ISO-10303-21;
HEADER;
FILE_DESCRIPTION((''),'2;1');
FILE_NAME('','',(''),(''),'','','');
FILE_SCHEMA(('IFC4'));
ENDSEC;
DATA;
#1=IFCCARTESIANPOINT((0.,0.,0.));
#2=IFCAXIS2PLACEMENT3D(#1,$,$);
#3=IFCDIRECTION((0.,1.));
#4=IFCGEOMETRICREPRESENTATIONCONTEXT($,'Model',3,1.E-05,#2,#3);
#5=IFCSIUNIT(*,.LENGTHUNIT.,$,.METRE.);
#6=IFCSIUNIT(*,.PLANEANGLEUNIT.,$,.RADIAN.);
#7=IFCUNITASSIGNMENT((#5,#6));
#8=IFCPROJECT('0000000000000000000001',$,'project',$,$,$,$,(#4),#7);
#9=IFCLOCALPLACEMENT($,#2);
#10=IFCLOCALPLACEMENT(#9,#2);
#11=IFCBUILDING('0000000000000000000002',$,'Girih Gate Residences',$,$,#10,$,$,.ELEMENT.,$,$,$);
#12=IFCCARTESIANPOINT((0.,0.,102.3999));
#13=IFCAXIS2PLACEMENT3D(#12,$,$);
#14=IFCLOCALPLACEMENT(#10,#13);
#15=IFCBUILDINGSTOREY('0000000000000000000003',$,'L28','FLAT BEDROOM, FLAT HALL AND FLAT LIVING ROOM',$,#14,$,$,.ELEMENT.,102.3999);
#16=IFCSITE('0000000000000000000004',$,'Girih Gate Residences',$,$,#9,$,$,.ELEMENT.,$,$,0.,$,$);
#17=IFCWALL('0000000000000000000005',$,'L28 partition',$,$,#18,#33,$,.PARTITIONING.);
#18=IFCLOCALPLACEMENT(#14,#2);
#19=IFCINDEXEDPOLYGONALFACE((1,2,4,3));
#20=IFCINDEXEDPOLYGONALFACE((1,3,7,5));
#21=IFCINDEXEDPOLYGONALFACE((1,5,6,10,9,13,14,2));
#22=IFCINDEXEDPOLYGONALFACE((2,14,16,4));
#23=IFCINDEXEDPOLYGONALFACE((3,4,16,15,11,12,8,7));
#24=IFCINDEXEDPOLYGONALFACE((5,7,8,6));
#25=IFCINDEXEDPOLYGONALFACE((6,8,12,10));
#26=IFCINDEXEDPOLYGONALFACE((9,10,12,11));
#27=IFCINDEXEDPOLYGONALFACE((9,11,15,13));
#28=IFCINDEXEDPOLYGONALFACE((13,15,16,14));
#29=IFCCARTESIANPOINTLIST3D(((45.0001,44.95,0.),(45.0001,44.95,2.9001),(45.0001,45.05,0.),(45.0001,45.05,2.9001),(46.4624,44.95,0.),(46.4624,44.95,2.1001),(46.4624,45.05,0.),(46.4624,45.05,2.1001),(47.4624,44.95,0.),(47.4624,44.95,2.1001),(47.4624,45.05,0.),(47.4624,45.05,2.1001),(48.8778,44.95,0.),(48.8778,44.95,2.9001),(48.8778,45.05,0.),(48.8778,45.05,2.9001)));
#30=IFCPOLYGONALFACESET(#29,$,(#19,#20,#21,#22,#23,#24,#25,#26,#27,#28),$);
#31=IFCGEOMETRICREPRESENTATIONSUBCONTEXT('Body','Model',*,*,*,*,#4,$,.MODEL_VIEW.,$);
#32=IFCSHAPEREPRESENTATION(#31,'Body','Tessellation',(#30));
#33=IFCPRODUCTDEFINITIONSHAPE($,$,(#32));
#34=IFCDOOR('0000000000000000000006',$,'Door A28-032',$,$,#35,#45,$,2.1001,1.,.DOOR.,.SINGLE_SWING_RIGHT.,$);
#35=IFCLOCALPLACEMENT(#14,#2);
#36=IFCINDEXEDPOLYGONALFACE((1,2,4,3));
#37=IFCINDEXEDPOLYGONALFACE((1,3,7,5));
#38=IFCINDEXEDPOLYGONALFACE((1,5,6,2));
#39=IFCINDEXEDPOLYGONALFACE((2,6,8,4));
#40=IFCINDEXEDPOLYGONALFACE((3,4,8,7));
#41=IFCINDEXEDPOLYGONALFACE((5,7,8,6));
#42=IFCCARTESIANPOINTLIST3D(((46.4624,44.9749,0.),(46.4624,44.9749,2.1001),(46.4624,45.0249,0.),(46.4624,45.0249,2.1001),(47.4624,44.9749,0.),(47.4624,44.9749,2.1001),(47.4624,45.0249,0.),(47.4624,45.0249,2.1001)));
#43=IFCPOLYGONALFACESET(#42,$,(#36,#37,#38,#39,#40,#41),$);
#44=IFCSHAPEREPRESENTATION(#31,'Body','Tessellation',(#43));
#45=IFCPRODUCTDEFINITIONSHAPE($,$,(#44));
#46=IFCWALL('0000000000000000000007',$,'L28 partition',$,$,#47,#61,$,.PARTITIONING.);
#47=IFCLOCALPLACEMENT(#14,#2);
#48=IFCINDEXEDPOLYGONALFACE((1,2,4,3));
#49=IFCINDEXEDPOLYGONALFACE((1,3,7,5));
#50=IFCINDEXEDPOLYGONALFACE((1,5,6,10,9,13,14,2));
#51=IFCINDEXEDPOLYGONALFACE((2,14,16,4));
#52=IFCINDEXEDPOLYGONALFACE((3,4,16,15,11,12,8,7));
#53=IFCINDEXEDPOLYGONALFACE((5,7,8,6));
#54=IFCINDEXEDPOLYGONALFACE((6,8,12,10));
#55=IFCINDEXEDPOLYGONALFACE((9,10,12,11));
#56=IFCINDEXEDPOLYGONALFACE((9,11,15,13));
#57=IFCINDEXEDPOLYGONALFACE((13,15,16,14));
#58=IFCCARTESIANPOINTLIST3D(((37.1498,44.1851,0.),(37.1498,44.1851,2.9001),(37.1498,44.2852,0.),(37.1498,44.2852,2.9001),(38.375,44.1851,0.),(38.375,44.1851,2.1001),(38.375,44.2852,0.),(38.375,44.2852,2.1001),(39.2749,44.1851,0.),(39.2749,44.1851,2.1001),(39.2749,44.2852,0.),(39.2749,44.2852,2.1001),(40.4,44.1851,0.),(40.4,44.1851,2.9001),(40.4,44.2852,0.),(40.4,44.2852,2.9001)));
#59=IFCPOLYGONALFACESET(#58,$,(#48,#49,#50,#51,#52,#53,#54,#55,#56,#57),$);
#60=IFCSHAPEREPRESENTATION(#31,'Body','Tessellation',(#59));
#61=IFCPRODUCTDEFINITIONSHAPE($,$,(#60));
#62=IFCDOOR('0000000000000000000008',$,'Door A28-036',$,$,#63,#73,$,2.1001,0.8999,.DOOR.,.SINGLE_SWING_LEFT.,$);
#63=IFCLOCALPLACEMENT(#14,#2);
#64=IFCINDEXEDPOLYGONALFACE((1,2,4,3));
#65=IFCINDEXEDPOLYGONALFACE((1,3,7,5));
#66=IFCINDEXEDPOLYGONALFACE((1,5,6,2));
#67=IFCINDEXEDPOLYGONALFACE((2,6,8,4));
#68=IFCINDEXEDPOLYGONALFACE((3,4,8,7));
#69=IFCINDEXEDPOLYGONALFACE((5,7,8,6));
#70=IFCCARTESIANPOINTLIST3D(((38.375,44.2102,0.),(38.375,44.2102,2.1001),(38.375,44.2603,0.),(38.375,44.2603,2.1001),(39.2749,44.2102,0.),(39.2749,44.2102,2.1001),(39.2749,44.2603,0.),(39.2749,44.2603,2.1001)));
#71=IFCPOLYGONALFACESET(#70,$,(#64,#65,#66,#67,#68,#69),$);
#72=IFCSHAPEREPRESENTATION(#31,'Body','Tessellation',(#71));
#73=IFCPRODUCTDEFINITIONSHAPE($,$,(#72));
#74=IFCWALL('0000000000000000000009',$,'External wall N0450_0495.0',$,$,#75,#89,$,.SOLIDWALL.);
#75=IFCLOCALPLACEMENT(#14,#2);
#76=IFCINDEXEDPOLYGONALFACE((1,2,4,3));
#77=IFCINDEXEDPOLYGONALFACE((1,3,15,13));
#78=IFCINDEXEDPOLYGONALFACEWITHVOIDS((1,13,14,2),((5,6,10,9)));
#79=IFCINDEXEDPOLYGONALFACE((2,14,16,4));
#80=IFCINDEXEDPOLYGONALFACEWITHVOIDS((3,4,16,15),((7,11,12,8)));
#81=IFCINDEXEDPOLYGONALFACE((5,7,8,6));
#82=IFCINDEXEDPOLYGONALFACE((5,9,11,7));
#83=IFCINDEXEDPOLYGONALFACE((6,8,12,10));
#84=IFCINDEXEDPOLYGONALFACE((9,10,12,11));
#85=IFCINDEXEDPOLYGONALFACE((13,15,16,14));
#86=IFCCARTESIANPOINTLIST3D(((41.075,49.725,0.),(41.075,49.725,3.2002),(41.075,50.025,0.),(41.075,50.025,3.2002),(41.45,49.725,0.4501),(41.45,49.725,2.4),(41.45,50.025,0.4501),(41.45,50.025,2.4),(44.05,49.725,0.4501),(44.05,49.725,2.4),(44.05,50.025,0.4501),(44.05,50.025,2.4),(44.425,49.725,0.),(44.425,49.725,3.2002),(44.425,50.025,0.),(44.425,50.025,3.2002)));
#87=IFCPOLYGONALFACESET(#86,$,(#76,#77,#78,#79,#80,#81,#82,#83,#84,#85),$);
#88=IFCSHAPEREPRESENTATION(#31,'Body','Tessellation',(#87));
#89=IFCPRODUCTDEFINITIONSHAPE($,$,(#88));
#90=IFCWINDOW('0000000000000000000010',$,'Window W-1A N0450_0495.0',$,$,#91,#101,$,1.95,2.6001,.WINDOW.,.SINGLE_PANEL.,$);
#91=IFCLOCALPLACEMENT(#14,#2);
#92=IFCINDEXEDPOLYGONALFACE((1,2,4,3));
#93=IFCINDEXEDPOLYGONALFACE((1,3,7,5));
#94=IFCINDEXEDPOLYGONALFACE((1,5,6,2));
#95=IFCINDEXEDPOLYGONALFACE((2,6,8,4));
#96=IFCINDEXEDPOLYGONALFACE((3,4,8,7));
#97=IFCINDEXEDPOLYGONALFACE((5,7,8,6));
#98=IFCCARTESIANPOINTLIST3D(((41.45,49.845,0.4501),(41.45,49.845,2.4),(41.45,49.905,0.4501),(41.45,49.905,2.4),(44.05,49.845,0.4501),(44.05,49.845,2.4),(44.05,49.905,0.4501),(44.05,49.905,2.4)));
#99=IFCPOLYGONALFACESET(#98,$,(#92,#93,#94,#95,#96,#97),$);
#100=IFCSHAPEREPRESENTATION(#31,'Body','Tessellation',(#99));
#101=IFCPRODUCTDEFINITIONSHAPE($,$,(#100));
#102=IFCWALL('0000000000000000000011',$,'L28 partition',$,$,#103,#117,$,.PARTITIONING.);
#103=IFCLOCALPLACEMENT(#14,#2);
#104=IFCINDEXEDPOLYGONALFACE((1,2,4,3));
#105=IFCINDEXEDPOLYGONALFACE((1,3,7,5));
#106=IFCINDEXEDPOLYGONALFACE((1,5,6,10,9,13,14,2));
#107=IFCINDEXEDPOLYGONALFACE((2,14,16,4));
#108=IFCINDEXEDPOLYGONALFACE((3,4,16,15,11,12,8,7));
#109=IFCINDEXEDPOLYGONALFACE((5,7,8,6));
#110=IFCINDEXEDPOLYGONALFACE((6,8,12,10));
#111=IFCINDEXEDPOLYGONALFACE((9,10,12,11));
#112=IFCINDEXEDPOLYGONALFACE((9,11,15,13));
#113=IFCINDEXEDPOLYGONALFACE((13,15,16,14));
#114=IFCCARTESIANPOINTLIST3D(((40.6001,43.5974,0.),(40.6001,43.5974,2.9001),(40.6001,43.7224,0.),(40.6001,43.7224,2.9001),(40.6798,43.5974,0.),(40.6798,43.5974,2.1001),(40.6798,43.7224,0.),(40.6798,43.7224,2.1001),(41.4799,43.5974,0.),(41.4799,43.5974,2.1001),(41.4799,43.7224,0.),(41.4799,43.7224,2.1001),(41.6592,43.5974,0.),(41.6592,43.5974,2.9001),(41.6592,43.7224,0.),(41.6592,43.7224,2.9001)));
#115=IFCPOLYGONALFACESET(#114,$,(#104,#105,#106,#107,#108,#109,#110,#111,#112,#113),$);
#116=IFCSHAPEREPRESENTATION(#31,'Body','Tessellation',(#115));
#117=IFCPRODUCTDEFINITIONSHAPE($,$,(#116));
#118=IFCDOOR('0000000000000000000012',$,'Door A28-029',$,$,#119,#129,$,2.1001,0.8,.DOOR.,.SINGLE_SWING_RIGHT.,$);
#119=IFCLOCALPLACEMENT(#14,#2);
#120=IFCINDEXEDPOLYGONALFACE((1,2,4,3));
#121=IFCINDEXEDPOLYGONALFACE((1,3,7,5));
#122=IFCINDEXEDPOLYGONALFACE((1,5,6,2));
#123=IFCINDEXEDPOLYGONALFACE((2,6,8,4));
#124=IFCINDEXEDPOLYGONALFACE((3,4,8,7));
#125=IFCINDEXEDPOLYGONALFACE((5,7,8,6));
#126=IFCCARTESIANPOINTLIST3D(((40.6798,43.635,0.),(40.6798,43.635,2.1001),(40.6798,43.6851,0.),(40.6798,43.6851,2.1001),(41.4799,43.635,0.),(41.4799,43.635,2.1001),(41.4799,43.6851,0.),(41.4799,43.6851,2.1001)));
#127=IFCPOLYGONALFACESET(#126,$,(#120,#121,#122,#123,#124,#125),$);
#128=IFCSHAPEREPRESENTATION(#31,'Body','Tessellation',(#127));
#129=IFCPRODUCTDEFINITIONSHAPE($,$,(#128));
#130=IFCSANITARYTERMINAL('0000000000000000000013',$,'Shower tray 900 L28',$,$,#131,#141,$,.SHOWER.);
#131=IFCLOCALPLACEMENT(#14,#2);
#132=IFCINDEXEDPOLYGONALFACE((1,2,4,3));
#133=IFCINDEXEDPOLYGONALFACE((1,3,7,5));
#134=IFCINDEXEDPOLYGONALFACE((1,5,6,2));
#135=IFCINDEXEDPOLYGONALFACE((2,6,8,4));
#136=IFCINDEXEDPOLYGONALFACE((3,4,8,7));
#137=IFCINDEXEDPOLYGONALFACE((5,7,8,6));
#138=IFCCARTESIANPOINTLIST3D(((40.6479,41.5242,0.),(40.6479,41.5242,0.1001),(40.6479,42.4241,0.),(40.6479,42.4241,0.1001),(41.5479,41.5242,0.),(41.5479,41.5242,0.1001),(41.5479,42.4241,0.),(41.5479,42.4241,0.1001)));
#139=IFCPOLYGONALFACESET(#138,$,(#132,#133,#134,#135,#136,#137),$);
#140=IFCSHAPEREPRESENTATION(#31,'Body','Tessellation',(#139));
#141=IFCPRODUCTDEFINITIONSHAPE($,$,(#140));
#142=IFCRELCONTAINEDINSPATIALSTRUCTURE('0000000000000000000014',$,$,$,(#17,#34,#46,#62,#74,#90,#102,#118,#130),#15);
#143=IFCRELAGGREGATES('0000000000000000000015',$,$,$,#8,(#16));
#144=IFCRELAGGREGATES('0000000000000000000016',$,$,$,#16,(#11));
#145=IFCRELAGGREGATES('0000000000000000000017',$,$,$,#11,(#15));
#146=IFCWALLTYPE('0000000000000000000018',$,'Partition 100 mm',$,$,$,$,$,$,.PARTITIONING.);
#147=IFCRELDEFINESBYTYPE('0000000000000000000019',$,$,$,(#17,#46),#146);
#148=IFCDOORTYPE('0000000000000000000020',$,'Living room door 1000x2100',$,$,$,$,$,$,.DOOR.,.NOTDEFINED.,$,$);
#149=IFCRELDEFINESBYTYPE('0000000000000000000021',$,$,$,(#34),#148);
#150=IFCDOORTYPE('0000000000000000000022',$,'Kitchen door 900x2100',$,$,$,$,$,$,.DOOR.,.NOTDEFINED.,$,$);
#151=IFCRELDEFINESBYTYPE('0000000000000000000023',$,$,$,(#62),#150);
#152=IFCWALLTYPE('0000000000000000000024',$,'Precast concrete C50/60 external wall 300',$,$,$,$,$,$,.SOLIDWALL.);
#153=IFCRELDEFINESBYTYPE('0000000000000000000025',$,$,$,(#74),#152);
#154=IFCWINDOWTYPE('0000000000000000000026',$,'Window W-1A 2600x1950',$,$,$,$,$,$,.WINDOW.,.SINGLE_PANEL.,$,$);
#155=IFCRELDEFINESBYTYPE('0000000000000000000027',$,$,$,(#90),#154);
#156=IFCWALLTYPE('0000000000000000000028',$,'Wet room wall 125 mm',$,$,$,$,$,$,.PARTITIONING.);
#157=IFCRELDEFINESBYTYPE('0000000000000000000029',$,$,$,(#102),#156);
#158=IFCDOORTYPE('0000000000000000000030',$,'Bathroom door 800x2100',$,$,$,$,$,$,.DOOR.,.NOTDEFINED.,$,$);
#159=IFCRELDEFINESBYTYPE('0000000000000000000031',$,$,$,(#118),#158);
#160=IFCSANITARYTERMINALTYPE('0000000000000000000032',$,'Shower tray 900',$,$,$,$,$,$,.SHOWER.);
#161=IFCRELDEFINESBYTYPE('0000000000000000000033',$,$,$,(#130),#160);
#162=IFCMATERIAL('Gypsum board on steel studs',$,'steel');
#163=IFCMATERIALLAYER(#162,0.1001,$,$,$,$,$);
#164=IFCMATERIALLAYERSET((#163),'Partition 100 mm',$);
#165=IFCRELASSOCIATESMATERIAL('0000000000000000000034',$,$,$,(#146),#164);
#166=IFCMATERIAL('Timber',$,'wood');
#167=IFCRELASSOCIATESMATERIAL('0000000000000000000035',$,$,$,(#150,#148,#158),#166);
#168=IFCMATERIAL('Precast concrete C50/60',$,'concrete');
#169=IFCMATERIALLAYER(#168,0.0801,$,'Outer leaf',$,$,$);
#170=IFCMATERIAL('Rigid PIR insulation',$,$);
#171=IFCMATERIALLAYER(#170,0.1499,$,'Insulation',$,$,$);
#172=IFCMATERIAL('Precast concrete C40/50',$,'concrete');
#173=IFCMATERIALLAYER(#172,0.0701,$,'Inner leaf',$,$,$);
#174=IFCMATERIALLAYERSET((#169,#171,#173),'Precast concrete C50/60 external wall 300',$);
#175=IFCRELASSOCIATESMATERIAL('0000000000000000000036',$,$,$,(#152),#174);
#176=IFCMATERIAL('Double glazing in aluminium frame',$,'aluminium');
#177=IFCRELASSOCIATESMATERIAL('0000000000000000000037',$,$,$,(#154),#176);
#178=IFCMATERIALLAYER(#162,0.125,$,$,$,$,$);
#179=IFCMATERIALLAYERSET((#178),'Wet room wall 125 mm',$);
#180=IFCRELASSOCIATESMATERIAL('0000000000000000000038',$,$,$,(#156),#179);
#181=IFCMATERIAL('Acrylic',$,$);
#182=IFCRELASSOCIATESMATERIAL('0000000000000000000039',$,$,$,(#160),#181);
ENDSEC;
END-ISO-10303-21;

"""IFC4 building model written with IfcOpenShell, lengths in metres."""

from ifc_helpers import new_model, si_unit, direction, frame, frame_2d, origin, origin_2d, place, context, subcontext, project, spatial, rectangle, extrude, material, layer, layer_set, type_object, element, fill, save


model = new_model("IFC4")

# Units and contexts
model_context = context("Model", 3, precision=1e-05, world=origin(), true_north=direction((0.0, 1.0)))
body_context = subcontext(model_context, "Body", "Model", "MODEL_VIEW")
ifc_project = project(units=[si_unit("LENGTHUNIT", "METRE"), si_unit("PLANEANGLEUNIT", "RADIAN")], contexts=[model_context])

# Site, building, storey
site_placement = place(None, origin())
site = spatial("IfcSite", under=ifc_project, at=site_placement, Name="Girih Gate Residences", CompositionType="ELEMENT", RefElevation=0.0)
building_placement = place(site_placement, origin())
building = spatial("IfcBuilding", under=site, at=building_placement, Name="Girih Gate Residences", CompositionType="ELEMENT")
storey_placement = place(building_placement, frame((0.0, 0.0, 102.3999)))
storey = spatial("IfcBuildingStorey", under=building, at=storey_placement, Name="L28", Description="FLAT BEDROOM, FLAT HALL AND FLAT LIVING ROOM", CompositionType="ELEMENT", Elevation=102.3999)

# Shared definitions
ifc_material_1 = material(Name="Gypsum board on steel studs", Category="steel")
ifc_layer_1 = layer(ifc_material_1, 0.1001)
ifc_layer_set_1 = layer_set([ifc_layer_1], Name="Partition 100 mm")
wall_type_1 = type_object("IfcWallType", Name="Partition 100 mm", PredefinedType="PARTITIONING", material=ifc_layer_set_1)
ifc_material_2 = material(Name="Timber", Category="wood")

# Walls, openings, doors
door_type_1 = type_object("IfcDoorType", Name="Kitchen door 900x2100", OperationType="NOTDEFINED", PredefinedType="DOOR", material=ifc_material_2)
wall_1_placement = place(storey_placement, frame((45.0, 45.0, 0.0), z_axis=(0.0, 0.0, 1.0), x_axis=(1.0, 0.0, 0.0)))
wall_1 = element("IfcWall", 1, at=wall_1_placement, inside=storey, type_object=wall_type_1, Name="L28 partition", PredefinedType="PARTITIONING", context=body_context, shape_type="SweptSolid", body=[
    extrude(rectangle(XDim=3.8777, YDim=0.1001, at=frame_2d((1.939, 0.0))), origin(), (0.0, 0.0, 1.0), 2.9001),
])
opening_1_placement = place(wall_1_placement, frame((1.4624, 0.0, 0.0)))
opening_1 = element("IfcOpeningElement", 2, at=opening_1_placement, cuts=wall_1, PredefinedType="OPENING", context=body_context, shape_type="SweptSolid", body=[
    extrude(rectangle(XDim=1.0, YDim=2.1001, at=frame_2d((0.5, 1.05))), frame((0.0, 0.0601, 0.0), z_axis=(0.0, -1.0, 0.0), x_axis=(1.0, 0.0, 0.0)), (0.0, 0.0, 1.0), 0.1201),
])
door_type_2 = type_object("IfcDoorType", Name="Living room door 1000x2100", OperationType="NOTDEFINED", PredefinedType="DOOR", material=ifc_material_2)
door_1_placement = place(opening_1_placement, origin())
door_1 = element("IfcDoor", 3, at=door_1_placement, inside=storey, type_object=door_type_2, Name="Door A28-032", OperationType="SINGLE_SWING_RIGHT", OverallHeight=2.1001, OverallWidth=1.0, PredefinedType="DOOR", context=body_context, shape_type="SweptSolid", body=[
    extrude(rectangle(XDim=1.0, YDim=2.1001, at=frame_2d((0.5, 1.05))), frame((0.0, 0.0249, 0.0), z_axis=(0.0, -1.0, 0.0), x_axis=(1.0, 0.0, 0.0)), (0.0, 0.0, 1.0), 0.05),
])
fill(opening_1, door_1)
wall_2_placement = place(storey_placement, frame((40.3999, 44.2351, 0.0), z_axis=(0.0, 0.0, 1.0), x_axis=(-1.0, 0.0, 0.0)))
wall_2 = element("IfcWall", 4, at=wall_2_placement, inside=storey, type_object=wall_type_1, Name="L28 partition", PredefinedType="PARTITIONING", context=body_context, shape_type="SweptSolid", body=[
    extrude(rectangle(XDim=3.2502, YDim=0.1001, at=frame_2d((1.625, 0.0))), origin(), (0.0, 0.0, 1.0), 2.9001),
])
opening_2_placement = place(wall_2_placement, frame((1.125, 0.0, 0.0)))
opening_2 = element("IfcOpeningElement", 5, at=opening_2_placement, cuts=wall_2, PredefinedType="OPENING", context=body_context, shape_type="SweptSolid", body=[
    extrude(rectangle(XDim=0.8999, YDim=2.1001, at=frame_2d((0.45, 1.05))), frame((0.0, 0.0601, 0.0), z_axis=(0.0, -1.0, 0.0), x_axis=(1.0, 0.0, 0.0)), (0.0, 0.0, 1.0), 0.1201),
])
door_2_placement = place(opening_2_placement, origin())
door_2 = element("IfcDoor", 6, at=door_2_placement, inside=storey, type_object=door_type_1, Name="Door A28-036", OperationType="SINGLE_SWING_LEFT", OverallHeight=2.1001, OverallWidth=0.8999, PredefinedType="DOOR", context=body_context, shape_type="SweptSolid", body=[
    extrude(rectangle(XDim=0.8999, YDim=2.1001, at=frame_2d((0.45, 1.05))), frame((0.0, 0.0249, 0.0), z_axis=(0.0, -1.0, 0.0), x_axis=(1.0, 0.0, 0.0)), (0.0, 0.0, 1.0), 0.05),
])
fill(opening_2, door_2)

# Wall, opening, window
ifc_material_3 = material(Name="Precast concrete C50/60", Category="concrete")
ifc_layer_2 = layer(ifc_material_3, 0.0801, Name="Outer leaf")
ifc_material_4 = material(Name="Rigid PIR insulation")
ifc_layer_3 = layer(ifc_material_4, 0.1499, Name="Insulation")
ifc_material_5 = material(Name="Precast concrete C40/50", Category="concrete")
ifc_layer_4 = layer(ifc_material_5, 0.0701, Name="Inner leaf")
ifc_layer_set_2 = layer_set([ifc_layer_2, ifc_layer_3, ifc_layer_4], Name="Precast concrete C50/60 external wall 300")
wall_type_2 = type_object("IfcWallType", Name="Precast concrete C50/60 external wall 300", PredefinedType="SOLIDWALL", material=ifc_layer_set_2)
wall_3_placement = place(storey_placement, frame((41.075, 49.875, 0.0), z_axis=(0.0, 0.0, 1.0), x_axis=(1.0, 0.0, 0.0)))
wall_3 = element("IfcWall", 7, at=wall_3_placement, inside=storey, type_object=wall_type_2, Name="External wall N0450_0495.0", PredefinedType="SOLIDWALL", context=body_context, shape_type="SweptSolid", body=[
    extrude(rectangle(XDim=3.3501, YDim=0.3, at=frame_2d((1.675, 0.0))), origin(), (0.0, 0.0, 1.0), 3.2002),
])
opening_3_placement = place(wall_3_placement, frame((0.375, 0.0, 0.45)))
opening_3 = element("IfcOpeningElement", 8, at=opening_3_placement, cuts=wall_3, PredefinedType="OPENING", context=body_context, shape_type="SweptSolid", body=[
    extrude(rectangle(XDim=2.6001, YDim=1.95, at=frame_2d((1.3, 0.9751))), frame((0.0, 0.1599, 0.0), z_axis=(0.0, -1.0, 0.0), x_axis=(1.0, 0.0, 0.0)), (0.0, 0.0, 1.0), 0.3201),
])
ifc_material_6 = material(Name="Double glazing in aluminium frame", Category="aluminium")
window_type = type_object("IfcWindowType", Name="Window W-1A 2600x1950", PartitioningType="SINGLE_PANEL", PredefinedType="WINDOW", material=ifc_material_6)
window_placement = place(opening_3_placement, origin())
window = element("IfcWindow", 9, at=window_placement, inside=storey, type_object=window_type, Name="Window W-1A N0450_0495.0", OverallHeight=1.95, OverallWidth=2.6001, PartitioningType="SINGLE_PANEL", PredefinedType="WINDOW", context=body_context, shape_type="SweptSolid", body=[
    extrude(rectangle(XDim=2.6001, YDim=1.95, at=frame_2d((1.3, 0.9751))), frame((0.0, 0.03, 0.0), z_axis=(0.0, -1.0, 0.0), x_axis=(1.0, 0.0, 0.0)), (0.0, 0.0, 1.0), 0.0601),
])
fill(opening_3, window)

# Wall, opening, door
ifc_layer_5 = layer(ifc_material_1, 0.125)
ifc_layer_set_3 = layer_set([ifc_layer_5], Name="Wet room wall 125 mm")
wall_type_3 = type_object("IfcWallType", Name="Wet room wall 125 mm", PredefinedType="PARTITIONING", material=ifc_layer_set_3)
wall_4_placement = place(storey_placement, frame((41.6592, 43.6599, 0.0), z_axis=(0.0, 0.0, 1.0), x_axis=(-1.0, 0.0, 0.0)))
wall_4 = element("IfcWall", 10, at=wall_4_placement, inside=storey, type_object=wall_type_3, Name="L28 partition", PredefinedType="PARTITIONING", context=body_context, shape_type="SweptSolid", body=[
    extrude(rectangle(XDim=1.0591, YDim=0.125, at=frame_2d((0.5295, 0.0))), origin(), (0.0, 0.0, 1.0), 2.9001),
])
opening_4_placement = place(wall_4_placement, frame((0.1794, 0.0, 0.0)))
opening_4 = element("IfcOpeningElement", 11, at=opening_4_placement, cuts=wall_4, PredefinedType="OPENING", context=body_context, shape_type="SweptSolid", body=[
    extrude(rectangle(XDim=0.8, YDim=2.1001, at=frame_2d((0.3999, 1.05))), frame((0.0, 0.0725, 0.0), z_axis=(0.0, -1.0, 0.0), x_axis=(1.0, 0.0, 0.0)), (0.0, 0.0, 1.0), 0.145),
])
door_type_3 = type_object("IfcDoorType", Name="Bathroom door 800x2100", OperationType="NOTDEFINED", PredefinedType="DOOR", material=ifc_material_2)
door_3_placement = place(opening_4_placement, origin())
door_3 = element("IfcDoor", 12, at=door_3_placement, inside=storey, type_object=door_type_3, Name="Door A28-029", OperationType="SINGLE_SWING_RIGHT", OverallHeight=2.1001, OverallWidth=0.8, PredefinedType="DOOR", context=body_context, shape_type="SweptSolid", body=[
    extrude(rectangle(XDim=0.8, YDim=2.1001, at=frame_2d((0.3999, 1.05))), frame((0.0, 0.0249, 0.0), z_axis=(0.0, -1.0, 0.0), x_axis=(1.0, 0.0, 0.0)), (0.0, 0.0, 1.0), 0.05),
])
fill(opening_4, door_3)

# Sanitary terminal
ifc_material_7 = material(Name="Acrylic")
sanitary_terminal_type = type_object("IfcSanitaryTerminalType", Name="Shower tray 900", PredefinedType="SHOWER", material=ifc_material_7)
sanitary_terminal_placement = place(storey_placement, frame((41.0979, 41.9741, 0.0), z_axis=(0.0, 0.0, 1.0), x_axis=(1.0, 0.0, 0.0)))
element("IfcSanitaryTerminal", 13, at=sanitary_terminal_placement, inside=storey, type_object=sanitary_terminal_type, Name="Shower tray 900 L28", PredefinedType="SHOWER", context=body_context, shape_type="SweptSolid", body=[
    extrude(rectangle(XDim=0.8999, YDim=0.8999, at=origin_2d()), origin(), (0.0, 0.0, 1.0), 0.1001),
])

save(model, "model.ifc")
